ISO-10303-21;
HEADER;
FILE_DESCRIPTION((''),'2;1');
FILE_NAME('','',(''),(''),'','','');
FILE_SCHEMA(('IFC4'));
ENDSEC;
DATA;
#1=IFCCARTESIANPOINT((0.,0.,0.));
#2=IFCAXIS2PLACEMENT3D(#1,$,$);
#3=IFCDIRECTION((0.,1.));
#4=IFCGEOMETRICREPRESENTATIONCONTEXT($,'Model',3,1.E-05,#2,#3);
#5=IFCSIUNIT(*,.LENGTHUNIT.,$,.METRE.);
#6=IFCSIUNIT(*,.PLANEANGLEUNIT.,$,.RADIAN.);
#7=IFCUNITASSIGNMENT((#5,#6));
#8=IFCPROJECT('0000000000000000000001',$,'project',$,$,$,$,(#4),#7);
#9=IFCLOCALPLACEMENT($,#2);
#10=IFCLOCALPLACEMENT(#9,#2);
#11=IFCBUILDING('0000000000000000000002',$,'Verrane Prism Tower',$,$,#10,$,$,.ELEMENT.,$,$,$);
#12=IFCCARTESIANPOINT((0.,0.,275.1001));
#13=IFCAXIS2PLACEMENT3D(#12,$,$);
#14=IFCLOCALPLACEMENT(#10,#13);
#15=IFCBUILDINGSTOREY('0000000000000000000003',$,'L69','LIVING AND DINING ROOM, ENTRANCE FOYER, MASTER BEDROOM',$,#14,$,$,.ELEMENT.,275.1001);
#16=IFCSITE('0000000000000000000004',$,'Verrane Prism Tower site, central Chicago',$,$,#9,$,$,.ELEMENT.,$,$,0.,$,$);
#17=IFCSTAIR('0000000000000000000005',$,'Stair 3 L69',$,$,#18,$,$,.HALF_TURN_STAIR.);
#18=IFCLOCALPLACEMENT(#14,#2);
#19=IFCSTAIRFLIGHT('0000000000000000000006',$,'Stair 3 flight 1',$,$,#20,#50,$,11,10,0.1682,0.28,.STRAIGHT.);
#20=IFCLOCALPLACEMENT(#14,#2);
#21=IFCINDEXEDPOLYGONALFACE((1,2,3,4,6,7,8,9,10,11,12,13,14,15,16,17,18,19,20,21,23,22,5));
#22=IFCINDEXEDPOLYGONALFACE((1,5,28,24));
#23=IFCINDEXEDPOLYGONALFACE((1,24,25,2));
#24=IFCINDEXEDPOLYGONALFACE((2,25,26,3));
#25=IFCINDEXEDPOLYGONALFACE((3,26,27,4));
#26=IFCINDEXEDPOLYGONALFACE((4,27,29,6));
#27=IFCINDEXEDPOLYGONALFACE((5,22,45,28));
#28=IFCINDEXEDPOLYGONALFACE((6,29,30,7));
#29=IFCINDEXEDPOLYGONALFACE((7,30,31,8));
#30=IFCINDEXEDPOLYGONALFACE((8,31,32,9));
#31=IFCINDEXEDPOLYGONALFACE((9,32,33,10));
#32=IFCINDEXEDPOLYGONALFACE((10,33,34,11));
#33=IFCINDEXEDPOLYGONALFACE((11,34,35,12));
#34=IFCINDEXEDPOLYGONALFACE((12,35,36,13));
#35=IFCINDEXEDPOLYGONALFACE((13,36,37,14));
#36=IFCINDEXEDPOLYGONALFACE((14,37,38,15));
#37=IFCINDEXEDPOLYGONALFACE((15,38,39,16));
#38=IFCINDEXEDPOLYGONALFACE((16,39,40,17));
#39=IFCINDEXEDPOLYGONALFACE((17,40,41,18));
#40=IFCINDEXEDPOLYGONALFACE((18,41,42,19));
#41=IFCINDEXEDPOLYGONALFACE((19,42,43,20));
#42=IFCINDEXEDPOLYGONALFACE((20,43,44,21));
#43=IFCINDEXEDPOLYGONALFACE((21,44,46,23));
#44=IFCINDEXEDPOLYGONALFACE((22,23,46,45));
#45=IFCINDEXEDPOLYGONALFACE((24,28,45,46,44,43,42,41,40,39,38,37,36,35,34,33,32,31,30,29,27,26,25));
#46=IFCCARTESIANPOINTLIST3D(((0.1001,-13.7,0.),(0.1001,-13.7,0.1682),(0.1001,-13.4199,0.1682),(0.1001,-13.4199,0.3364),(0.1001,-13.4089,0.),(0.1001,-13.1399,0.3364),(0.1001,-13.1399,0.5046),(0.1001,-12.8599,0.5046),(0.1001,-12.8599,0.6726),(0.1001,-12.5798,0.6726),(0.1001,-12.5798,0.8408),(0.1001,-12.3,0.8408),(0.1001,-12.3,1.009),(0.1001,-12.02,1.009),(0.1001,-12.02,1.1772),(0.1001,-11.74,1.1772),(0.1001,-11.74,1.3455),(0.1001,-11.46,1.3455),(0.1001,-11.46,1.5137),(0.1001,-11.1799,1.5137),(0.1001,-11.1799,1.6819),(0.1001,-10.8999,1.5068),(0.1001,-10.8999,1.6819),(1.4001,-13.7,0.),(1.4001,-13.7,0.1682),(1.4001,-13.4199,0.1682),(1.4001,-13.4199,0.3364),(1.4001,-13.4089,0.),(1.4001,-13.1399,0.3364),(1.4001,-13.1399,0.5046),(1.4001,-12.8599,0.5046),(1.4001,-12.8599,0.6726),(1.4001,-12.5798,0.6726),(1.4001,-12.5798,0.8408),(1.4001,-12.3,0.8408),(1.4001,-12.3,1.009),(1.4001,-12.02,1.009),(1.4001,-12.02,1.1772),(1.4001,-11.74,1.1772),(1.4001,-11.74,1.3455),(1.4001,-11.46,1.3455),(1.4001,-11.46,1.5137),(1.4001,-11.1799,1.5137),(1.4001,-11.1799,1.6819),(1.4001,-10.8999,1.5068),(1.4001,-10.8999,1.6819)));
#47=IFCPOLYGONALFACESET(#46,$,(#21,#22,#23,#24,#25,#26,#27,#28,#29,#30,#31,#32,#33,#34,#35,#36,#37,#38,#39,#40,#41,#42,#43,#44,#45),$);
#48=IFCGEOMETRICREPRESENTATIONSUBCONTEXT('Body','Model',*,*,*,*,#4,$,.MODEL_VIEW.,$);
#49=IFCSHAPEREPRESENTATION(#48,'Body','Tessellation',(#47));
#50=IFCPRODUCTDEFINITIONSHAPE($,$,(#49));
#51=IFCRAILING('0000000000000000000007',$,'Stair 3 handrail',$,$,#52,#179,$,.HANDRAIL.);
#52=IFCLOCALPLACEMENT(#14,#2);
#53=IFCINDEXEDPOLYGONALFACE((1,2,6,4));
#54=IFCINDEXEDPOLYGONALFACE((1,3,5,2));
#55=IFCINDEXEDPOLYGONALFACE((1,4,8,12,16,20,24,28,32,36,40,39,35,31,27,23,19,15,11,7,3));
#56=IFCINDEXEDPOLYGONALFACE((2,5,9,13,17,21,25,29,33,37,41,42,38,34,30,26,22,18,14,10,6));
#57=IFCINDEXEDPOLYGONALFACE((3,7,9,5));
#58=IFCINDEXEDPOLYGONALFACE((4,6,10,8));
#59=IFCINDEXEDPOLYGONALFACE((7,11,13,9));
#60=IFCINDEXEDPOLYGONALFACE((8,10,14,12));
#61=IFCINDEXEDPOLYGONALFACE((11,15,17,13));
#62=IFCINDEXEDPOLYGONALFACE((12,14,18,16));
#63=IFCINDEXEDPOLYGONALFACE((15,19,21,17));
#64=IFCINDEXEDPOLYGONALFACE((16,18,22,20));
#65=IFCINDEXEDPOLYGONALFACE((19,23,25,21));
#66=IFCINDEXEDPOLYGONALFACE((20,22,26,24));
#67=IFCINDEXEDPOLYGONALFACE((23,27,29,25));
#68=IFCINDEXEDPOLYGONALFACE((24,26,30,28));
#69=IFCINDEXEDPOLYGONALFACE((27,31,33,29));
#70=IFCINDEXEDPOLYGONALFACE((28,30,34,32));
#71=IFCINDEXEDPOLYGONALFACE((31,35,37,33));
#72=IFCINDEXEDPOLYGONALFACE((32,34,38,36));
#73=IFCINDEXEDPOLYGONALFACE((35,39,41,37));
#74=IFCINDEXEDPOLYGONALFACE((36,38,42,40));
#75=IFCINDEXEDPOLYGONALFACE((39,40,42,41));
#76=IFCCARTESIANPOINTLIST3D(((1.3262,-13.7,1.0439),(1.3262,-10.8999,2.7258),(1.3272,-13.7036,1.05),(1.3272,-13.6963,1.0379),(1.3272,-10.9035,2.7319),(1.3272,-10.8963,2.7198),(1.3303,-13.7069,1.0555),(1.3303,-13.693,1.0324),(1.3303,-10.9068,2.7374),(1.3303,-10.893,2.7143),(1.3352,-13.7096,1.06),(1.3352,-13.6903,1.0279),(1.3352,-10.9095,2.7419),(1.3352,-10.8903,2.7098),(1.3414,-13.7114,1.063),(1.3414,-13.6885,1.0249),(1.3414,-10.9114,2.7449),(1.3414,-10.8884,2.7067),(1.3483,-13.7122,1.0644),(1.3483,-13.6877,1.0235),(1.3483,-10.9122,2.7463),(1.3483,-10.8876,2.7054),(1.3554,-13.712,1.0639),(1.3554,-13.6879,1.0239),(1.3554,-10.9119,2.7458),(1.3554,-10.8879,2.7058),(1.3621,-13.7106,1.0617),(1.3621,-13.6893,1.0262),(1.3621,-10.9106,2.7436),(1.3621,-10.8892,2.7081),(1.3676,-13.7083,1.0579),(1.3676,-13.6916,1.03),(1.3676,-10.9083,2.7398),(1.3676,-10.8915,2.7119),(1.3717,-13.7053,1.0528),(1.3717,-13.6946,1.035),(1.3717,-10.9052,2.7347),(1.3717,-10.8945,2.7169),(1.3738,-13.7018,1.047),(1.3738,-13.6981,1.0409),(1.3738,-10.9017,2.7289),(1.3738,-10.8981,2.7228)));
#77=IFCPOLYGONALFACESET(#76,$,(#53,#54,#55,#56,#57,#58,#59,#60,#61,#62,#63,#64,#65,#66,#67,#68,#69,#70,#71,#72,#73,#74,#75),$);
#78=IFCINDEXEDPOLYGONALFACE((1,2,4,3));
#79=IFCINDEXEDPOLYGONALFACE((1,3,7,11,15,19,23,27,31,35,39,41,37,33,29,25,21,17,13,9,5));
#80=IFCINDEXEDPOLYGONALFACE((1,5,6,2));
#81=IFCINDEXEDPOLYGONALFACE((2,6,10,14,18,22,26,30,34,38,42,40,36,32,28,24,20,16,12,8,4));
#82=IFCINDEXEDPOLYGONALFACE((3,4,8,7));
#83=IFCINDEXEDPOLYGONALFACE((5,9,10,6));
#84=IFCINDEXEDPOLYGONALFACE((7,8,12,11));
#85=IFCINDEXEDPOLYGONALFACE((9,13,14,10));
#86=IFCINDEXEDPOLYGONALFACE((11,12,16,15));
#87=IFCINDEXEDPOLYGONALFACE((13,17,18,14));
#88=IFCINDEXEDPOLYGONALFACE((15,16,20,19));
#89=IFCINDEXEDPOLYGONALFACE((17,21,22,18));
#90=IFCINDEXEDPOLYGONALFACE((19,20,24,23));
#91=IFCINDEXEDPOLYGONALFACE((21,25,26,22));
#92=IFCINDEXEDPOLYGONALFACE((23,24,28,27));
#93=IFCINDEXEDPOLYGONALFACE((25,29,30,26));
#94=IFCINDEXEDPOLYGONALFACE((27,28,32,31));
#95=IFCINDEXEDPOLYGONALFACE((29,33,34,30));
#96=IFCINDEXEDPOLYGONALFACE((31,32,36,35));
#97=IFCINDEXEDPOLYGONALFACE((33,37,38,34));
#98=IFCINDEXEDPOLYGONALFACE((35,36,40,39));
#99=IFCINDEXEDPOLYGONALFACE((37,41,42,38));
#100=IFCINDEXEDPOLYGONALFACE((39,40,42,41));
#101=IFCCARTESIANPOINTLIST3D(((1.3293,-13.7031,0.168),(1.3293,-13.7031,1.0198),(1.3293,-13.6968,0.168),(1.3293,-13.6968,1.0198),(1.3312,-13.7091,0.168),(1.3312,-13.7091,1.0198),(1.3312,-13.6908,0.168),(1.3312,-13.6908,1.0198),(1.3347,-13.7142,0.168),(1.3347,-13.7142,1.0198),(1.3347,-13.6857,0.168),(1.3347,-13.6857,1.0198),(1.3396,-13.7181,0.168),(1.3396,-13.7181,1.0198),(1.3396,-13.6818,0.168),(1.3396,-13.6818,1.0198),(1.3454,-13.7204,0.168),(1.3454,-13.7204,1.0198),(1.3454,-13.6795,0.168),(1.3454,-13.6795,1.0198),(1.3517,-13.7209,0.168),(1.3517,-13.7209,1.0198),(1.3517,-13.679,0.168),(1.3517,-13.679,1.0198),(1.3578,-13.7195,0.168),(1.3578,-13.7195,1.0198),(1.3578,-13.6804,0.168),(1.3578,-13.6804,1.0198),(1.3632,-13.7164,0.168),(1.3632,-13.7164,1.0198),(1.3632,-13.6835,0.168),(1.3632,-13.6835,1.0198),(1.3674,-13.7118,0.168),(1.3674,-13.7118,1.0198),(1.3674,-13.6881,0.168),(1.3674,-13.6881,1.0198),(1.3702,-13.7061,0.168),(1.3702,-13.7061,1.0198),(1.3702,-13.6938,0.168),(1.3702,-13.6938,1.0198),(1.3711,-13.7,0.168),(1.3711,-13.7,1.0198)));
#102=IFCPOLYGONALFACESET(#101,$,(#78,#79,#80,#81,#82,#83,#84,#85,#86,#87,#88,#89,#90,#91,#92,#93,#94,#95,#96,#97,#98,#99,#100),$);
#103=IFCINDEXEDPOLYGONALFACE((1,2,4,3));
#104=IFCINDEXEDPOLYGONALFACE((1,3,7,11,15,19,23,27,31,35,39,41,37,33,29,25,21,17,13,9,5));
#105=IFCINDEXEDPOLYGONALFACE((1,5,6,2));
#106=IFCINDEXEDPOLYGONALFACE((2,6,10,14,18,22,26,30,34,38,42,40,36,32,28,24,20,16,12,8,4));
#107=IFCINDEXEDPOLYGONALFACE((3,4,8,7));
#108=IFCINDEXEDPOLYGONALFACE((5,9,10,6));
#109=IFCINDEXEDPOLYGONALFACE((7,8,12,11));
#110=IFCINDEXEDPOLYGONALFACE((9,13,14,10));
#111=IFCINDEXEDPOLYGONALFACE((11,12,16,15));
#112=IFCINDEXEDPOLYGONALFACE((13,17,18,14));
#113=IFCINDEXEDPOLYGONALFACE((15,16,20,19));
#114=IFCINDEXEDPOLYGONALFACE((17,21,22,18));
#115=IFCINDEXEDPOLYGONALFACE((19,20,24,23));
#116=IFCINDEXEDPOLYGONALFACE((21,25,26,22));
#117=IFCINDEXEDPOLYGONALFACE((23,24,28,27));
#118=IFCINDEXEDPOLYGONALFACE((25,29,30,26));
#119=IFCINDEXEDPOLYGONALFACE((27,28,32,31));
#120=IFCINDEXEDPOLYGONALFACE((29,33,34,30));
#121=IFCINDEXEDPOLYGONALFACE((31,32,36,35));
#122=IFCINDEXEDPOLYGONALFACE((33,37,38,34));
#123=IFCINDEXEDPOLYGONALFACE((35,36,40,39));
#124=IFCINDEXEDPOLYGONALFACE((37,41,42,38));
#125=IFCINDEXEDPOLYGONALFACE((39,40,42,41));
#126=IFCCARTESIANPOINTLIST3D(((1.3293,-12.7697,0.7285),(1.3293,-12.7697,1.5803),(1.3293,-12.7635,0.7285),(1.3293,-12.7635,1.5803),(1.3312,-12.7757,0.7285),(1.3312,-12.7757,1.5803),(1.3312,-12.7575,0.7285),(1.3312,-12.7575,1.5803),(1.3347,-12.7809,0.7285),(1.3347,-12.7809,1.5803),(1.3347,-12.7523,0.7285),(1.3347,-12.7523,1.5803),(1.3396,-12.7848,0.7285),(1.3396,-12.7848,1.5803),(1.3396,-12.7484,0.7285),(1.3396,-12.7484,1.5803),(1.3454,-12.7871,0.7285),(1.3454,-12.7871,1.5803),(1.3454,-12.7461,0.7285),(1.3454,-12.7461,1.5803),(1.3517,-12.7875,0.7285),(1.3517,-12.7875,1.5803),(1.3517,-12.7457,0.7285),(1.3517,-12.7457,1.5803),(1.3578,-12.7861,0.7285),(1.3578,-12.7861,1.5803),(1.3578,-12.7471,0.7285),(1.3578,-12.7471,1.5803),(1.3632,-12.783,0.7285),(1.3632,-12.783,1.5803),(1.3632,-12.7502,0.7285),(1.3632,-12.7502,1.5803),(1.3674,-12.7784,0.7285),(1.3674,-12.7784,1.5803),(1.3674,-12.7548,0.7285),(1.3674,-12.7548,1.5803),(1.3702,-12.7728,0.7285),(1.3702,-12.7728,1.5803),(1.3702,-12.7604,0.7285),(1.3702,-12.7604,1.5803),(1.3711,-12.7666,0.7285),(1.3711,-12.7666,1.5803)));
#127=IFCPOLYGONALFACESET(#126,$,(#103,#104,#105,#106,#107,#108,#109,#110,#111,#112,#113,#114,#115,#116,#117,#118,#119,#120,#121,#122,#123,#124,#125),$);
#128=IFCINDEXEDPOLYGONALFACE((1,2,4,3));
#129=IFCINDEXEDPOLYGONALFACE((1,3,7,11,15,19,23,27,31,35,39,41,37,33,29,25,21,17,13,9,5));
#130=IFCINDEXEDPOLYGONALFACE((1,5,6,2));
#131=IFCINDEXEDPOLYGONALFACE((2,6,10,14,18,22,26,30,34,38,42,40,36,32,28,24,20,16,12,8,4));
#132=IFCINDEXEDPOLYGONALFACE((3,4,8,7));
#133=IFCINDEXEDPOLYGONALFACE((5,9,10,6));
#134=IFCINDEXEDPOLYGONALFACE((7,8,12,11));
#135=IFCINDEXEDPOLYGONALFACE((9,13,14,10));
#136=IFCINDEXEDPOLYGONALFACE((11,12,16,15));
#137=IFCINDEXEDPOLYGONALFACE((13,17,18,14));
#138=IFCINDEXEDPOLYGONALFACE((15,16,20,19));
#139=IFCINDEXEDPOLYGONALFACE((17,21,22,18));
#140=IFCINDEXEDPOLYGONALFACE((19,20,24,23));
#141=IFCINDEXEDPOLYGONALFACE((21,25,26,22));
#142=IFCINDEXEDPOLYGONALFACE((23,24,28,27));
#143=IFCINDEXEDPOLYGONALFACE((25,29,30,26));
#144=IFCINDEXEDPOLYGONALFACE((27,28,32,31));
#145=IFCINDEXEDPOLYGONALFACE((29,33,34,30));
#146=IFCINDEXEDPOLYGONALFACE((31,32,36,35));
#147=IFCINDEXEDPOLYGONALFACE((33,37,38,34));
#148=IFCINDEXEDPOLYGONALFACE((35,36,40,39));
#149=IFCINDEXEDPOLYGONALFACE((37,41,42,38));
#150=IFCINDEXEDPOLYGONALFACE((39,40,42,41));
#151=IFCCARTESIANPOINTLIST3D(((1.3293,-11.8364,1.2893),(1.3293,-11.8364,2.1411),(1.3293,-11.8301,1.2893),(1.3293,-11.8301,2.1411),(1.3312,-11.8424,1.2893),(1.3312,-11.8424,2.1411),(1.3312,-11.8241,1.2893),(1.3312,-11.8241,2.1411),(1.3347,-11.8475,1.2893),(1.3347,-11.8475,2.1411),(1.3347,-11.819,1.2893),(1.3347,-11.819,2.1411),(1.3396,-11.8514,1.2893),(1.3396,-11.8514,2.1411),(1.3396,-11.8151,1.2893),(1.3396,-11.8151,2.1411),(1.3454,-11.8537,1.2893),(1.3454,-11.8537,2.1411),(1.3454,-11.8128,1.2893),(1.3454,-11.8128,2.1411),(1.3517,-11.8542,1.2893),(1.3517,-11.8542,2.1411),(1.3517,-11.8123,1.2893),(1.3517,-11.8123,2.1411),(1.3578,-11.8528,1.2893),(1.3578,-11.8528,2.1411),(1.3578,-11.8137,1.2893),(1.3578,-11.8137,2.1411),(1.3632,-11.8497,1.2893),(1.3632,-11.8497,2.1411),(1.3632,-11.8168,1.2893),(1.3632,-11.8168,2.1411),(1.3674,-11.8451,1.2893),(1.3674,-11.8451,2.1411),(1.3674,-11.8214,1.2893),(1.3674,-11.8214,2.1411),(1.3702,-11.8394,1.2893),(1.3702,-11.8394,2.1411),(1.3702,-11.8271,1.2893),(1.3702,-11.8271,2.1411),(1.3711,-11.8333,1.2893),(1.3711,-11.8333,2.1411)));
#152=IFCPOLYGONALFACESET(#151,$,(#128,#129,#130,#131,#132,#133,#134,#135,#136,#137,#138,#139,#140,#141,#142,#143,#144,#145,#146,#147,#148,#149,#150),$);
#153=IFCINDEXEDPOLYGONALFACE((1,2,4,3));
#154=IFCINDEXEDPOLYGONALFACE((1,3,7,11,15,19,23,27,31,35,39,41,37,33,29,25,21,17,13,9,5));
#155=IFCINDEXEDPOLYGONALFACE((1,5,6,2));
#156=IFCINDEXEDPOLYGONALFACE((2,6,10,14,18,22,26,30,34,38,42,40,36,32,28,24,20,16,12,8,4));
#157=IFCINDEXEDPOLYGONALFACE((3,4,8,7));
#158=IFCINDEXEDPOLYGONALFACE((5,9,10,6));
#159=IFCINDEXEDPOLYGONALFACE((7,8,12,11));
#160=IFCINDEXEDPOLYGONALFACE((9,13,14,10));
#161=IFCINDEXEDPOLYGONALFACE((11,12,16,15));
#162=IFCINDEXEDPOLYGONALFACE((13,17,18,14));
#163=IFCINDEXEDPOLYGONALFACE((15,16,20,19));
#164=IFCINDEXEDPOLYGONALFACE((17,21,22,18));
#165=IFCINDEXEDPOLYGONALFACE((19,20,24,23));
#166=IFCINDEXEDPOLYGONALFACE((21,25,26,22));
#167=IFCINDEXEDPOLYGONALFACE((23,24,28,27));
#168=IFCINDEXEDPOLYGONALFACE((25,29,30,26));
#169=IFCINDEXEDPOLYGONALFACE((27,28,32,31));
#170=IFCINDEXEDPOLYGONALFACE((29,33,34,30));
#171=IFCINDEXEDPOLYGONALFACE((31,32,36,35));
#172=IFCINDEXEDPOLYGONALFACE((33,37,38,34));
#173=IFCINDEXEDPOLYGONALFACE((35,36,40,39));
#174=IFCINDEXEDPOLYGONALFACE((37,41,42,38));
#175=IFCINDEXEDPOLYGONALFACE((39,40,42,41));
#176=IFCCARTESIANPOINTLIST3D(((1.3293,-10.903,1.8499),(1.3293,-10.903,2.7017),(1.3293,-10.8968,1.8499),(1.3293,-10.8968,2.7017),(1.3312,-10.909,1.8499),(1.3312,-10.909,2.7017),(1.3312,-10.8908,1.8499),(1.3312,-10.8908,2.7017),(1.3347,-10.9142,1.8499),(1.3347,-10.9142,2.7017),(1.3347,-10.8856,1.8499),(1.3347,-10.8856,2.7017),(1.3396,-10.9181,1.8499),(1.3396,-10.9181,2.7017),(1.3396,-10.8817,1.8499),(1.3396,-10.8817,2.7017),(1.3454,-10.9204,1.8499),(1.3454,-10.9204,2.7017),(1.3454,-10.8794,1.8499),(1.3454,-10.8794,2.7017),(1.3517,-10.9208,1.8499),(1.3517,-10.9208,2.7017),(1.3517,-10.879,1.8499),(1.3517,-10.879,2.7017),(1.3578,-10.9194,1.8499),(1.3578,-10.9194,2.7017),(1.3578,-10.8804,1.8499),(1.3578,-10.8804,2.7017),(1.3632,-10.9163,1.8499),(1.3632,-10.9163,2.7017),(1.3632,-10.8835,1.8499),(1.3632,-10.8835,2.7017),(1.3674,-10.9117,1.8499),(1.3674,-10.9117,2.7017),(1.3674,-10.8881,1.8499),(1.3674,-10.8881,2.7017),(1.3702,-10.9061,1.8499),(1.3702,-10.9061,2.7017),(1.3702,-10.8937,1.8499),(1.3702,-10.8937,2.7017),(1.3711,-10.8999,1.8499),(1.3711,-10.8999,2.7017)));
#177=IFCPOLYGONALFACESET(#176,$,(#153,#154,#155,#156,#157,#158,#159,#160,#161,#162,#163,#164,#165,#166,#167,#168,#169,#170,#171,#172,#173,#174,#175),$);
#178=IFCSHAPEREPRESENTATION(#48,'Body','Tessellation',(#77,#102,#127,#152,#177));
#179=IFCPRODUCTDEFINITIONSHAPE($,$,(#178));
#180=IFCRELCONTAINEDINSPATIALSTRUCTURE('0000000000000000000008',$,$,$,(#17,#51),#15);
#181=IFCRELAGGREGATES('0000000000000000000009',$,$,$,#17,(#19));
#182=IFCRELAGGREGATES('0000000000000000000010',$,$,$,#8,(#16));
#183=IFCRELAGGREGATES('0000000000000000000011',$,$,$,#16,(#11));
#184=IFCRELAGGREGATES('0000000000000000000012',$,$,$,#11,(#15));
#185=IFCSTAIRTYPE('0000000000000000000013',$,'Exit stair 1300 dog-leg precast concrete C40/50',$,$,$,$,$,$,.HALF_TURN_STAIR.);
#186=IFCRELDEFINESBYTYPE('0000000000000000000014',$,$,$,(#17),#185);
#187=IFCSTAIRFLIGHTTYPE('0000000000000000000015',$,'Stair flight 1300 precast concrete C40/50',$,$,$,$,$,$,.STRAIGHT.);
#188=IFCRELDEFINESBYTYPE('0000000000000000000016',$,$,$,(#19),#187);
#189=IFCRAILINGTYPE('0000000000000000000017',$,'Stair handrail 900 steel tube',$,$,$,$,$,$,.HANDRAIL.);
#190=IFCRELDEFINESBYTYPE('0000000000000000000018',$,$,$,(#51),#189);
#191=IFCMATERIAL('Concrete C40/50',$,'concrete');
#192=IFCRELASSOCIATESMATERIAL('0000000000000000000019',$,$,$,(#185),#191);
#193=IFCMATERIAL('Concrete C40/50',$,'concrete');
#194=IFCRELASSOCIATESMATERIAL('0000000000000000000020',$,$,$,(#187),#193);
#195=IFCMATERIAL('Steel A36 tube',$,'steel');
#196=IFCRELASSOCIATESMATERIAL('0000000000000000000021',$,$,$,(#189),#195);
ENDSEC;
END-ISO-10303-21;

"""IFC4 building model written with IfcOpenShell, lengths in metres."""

from ifc_helpers import new_model, si_unit, direction, frame, origin, origin_2d, place, context, subcontext, project, spatial, polyline, circle, outline, extrude, material, type_object, element, aggregate, save


model = new_model("IFC4")

# Units and contexts
model_context = context("Model", 3, precision=1e-05, world=origin(), true_north=direction((0.0, 1.0)))
body_context = subcontext(model_context, "Body", "Model", "MODEL_VIEW")
ifc_project = project(units=[si_unit("LENGTHUNIT", "METRE"), si_unit("PLANEANGLEUNIT", "RADIAN")], contexts=[model_context])

# Site, building, storey
site_placement = place(None, origin())
site = spatial("IfcSite", under=ifc_project, at=site_placement, Name="Verrane Prism Tower site, central Chicago", CompositionType="ELEMENT", RefElevation=0.0)
building_placement = place(site_placement, origin())
building = spatial("IfcBuilding", under=site, at=building_placement, Name="Verrane Prism Tower", CompositionType="ELEMENT")
storey_placement = place(building_placement, frame((0.0, 0.0, 275.1001)))
storey = spatial("IfcBuildingStorey", under=building, at=storey_placement, Name="L69", Description="LIVING AND DINING ROOM, ENTRANCE FOYER, MASTER BEDROOM", CompositionType="ELEMENT", Elevation=275.1001)

# Stair, stair flight
ifc_material_1 = material(Name="Concrete C40/50", Category="concrete")
stair_type = type_object("IfcStairType", Name="Exit stair 1300 dog-leg precast concrete C40/50", PredefinedType="HALF_TURN_STAIR", material=ifc_material_1)
stair_placement = place(storey_placement, origin())
stair = element("IfcStair", 1, at=stair_placement, inside=storey, type_object=stair_type, Name="Stair 3 L69", PredefinedType="HALF_TURN_STAIR")
ifc_material_2 = material(Name="Concrete C40/50", Category="concrete")
stair_flight_type = type_object("IfcStairFlightType", Name="Stair flight 1300 precast concrete C40/50", PredefinedType="STRAIGHT", material=ifc_material_2)
stair_flight_placement = place(storey_placement, frame((0.75, -13.7, 0.0), z_axis=(0.0, 0.0, 1.0), x_axis=(0.0, 1.0, 0.0)))
stair_flight = element("IfcStairFlight", 2, at=stair_flight_placement, type_object=stair_flight_type, Name="Stair 3 flight 1", NumberOfRisers=11, NumberOfTreads=10, PredefinedType="STRAIGHT", RiserHeight=0.1682, TreadLength=0.28, context=body_context, shape_type="SweptSolid", body=[
    extrude(outline(polyline([(0.0, 0.0), (0.0, 0.1682), (0.28, 0.1682), (0.28, 0.3364), (0.5601, 0.3364), (0.5601, 0.5046), (0.8401, 0.5046), (0.8401, 0.6726), (1.1201, 0.6726), (1.1201, 0.8408), (1.3999, 0.8408), (1.3999, 1.009), (1.6799, 1.009), (1.6799, 1.1772), (1.96, 1.1772), (1.96, 1.3455), (2.24, 1.3455), (2.24, 1.5137), (2.52, 1.5137), (2.52, 1.6819), (2.8, 1.6819), (2.8, 1.8501), (2.8, 1.5068), (0.291, 0.0), (0.0, 0.0)])), frame((0.0, 0.6499, 0.0), z_axis=(0.0, -1.0, 0.0), x_axis=(1.0, 0.0, 0.0)), (0.0, 0.0, 1.0), 1.3),
])
aggregate(stair, [stair_flight])

# Railing
ifc_material_3 = material(Name="Steel A36 tube", Category="steel")
railing_type_1 = type_object("IfcRailingType", Name="Stair handrail 900 steel tube", PredefinedType="HANDRAIL", material=ifc_material_3)
railing_1_placement = place(storey_placement, frame((1.3501, -13.7, 0.168)))
element("IfcRailing", 3, at=railing_1_placement, inside=storey, type_object=railing_type_1, Name="Stair 3 handrail", PredefinedType="HANDRAIL", context=body_context, shape_type="SweptSolid", body=[
    extrude(circle(Radius=0.0239, at=origin_2d()), frame((0.0, 0.0, 0.876), z_axis=(0.0, 0.857242, 0.514913), x_axis=(-1.0, 0.0, 0.0)), (0.0, 0.0, 1.0), 3.2664),
    extrude(circle(Radius=0.021, at=origin_2d()), origin(), (0.0, 0.0, 1.0), 0.8518),
    extrude(circle(Radius=0.021, at=origin_2d()), frame((0.0, 0.9333, 0.5605)), (0.0, 0.0, 1.0), 0.8518),
    extrude(circle(Radius=0.021, at=origin_2d()), frame((0.0, 1.8667, 1.1213)), (0.0, 0.0, 1.0), 0.8518),
    extrude(circle(Radius=0.021, at=origin_2d()), frame((0.0, 2.8, 1.6819)), (0.0, 0.0, 1.0), 0.8518),
])

save(model, "model.ifc")
